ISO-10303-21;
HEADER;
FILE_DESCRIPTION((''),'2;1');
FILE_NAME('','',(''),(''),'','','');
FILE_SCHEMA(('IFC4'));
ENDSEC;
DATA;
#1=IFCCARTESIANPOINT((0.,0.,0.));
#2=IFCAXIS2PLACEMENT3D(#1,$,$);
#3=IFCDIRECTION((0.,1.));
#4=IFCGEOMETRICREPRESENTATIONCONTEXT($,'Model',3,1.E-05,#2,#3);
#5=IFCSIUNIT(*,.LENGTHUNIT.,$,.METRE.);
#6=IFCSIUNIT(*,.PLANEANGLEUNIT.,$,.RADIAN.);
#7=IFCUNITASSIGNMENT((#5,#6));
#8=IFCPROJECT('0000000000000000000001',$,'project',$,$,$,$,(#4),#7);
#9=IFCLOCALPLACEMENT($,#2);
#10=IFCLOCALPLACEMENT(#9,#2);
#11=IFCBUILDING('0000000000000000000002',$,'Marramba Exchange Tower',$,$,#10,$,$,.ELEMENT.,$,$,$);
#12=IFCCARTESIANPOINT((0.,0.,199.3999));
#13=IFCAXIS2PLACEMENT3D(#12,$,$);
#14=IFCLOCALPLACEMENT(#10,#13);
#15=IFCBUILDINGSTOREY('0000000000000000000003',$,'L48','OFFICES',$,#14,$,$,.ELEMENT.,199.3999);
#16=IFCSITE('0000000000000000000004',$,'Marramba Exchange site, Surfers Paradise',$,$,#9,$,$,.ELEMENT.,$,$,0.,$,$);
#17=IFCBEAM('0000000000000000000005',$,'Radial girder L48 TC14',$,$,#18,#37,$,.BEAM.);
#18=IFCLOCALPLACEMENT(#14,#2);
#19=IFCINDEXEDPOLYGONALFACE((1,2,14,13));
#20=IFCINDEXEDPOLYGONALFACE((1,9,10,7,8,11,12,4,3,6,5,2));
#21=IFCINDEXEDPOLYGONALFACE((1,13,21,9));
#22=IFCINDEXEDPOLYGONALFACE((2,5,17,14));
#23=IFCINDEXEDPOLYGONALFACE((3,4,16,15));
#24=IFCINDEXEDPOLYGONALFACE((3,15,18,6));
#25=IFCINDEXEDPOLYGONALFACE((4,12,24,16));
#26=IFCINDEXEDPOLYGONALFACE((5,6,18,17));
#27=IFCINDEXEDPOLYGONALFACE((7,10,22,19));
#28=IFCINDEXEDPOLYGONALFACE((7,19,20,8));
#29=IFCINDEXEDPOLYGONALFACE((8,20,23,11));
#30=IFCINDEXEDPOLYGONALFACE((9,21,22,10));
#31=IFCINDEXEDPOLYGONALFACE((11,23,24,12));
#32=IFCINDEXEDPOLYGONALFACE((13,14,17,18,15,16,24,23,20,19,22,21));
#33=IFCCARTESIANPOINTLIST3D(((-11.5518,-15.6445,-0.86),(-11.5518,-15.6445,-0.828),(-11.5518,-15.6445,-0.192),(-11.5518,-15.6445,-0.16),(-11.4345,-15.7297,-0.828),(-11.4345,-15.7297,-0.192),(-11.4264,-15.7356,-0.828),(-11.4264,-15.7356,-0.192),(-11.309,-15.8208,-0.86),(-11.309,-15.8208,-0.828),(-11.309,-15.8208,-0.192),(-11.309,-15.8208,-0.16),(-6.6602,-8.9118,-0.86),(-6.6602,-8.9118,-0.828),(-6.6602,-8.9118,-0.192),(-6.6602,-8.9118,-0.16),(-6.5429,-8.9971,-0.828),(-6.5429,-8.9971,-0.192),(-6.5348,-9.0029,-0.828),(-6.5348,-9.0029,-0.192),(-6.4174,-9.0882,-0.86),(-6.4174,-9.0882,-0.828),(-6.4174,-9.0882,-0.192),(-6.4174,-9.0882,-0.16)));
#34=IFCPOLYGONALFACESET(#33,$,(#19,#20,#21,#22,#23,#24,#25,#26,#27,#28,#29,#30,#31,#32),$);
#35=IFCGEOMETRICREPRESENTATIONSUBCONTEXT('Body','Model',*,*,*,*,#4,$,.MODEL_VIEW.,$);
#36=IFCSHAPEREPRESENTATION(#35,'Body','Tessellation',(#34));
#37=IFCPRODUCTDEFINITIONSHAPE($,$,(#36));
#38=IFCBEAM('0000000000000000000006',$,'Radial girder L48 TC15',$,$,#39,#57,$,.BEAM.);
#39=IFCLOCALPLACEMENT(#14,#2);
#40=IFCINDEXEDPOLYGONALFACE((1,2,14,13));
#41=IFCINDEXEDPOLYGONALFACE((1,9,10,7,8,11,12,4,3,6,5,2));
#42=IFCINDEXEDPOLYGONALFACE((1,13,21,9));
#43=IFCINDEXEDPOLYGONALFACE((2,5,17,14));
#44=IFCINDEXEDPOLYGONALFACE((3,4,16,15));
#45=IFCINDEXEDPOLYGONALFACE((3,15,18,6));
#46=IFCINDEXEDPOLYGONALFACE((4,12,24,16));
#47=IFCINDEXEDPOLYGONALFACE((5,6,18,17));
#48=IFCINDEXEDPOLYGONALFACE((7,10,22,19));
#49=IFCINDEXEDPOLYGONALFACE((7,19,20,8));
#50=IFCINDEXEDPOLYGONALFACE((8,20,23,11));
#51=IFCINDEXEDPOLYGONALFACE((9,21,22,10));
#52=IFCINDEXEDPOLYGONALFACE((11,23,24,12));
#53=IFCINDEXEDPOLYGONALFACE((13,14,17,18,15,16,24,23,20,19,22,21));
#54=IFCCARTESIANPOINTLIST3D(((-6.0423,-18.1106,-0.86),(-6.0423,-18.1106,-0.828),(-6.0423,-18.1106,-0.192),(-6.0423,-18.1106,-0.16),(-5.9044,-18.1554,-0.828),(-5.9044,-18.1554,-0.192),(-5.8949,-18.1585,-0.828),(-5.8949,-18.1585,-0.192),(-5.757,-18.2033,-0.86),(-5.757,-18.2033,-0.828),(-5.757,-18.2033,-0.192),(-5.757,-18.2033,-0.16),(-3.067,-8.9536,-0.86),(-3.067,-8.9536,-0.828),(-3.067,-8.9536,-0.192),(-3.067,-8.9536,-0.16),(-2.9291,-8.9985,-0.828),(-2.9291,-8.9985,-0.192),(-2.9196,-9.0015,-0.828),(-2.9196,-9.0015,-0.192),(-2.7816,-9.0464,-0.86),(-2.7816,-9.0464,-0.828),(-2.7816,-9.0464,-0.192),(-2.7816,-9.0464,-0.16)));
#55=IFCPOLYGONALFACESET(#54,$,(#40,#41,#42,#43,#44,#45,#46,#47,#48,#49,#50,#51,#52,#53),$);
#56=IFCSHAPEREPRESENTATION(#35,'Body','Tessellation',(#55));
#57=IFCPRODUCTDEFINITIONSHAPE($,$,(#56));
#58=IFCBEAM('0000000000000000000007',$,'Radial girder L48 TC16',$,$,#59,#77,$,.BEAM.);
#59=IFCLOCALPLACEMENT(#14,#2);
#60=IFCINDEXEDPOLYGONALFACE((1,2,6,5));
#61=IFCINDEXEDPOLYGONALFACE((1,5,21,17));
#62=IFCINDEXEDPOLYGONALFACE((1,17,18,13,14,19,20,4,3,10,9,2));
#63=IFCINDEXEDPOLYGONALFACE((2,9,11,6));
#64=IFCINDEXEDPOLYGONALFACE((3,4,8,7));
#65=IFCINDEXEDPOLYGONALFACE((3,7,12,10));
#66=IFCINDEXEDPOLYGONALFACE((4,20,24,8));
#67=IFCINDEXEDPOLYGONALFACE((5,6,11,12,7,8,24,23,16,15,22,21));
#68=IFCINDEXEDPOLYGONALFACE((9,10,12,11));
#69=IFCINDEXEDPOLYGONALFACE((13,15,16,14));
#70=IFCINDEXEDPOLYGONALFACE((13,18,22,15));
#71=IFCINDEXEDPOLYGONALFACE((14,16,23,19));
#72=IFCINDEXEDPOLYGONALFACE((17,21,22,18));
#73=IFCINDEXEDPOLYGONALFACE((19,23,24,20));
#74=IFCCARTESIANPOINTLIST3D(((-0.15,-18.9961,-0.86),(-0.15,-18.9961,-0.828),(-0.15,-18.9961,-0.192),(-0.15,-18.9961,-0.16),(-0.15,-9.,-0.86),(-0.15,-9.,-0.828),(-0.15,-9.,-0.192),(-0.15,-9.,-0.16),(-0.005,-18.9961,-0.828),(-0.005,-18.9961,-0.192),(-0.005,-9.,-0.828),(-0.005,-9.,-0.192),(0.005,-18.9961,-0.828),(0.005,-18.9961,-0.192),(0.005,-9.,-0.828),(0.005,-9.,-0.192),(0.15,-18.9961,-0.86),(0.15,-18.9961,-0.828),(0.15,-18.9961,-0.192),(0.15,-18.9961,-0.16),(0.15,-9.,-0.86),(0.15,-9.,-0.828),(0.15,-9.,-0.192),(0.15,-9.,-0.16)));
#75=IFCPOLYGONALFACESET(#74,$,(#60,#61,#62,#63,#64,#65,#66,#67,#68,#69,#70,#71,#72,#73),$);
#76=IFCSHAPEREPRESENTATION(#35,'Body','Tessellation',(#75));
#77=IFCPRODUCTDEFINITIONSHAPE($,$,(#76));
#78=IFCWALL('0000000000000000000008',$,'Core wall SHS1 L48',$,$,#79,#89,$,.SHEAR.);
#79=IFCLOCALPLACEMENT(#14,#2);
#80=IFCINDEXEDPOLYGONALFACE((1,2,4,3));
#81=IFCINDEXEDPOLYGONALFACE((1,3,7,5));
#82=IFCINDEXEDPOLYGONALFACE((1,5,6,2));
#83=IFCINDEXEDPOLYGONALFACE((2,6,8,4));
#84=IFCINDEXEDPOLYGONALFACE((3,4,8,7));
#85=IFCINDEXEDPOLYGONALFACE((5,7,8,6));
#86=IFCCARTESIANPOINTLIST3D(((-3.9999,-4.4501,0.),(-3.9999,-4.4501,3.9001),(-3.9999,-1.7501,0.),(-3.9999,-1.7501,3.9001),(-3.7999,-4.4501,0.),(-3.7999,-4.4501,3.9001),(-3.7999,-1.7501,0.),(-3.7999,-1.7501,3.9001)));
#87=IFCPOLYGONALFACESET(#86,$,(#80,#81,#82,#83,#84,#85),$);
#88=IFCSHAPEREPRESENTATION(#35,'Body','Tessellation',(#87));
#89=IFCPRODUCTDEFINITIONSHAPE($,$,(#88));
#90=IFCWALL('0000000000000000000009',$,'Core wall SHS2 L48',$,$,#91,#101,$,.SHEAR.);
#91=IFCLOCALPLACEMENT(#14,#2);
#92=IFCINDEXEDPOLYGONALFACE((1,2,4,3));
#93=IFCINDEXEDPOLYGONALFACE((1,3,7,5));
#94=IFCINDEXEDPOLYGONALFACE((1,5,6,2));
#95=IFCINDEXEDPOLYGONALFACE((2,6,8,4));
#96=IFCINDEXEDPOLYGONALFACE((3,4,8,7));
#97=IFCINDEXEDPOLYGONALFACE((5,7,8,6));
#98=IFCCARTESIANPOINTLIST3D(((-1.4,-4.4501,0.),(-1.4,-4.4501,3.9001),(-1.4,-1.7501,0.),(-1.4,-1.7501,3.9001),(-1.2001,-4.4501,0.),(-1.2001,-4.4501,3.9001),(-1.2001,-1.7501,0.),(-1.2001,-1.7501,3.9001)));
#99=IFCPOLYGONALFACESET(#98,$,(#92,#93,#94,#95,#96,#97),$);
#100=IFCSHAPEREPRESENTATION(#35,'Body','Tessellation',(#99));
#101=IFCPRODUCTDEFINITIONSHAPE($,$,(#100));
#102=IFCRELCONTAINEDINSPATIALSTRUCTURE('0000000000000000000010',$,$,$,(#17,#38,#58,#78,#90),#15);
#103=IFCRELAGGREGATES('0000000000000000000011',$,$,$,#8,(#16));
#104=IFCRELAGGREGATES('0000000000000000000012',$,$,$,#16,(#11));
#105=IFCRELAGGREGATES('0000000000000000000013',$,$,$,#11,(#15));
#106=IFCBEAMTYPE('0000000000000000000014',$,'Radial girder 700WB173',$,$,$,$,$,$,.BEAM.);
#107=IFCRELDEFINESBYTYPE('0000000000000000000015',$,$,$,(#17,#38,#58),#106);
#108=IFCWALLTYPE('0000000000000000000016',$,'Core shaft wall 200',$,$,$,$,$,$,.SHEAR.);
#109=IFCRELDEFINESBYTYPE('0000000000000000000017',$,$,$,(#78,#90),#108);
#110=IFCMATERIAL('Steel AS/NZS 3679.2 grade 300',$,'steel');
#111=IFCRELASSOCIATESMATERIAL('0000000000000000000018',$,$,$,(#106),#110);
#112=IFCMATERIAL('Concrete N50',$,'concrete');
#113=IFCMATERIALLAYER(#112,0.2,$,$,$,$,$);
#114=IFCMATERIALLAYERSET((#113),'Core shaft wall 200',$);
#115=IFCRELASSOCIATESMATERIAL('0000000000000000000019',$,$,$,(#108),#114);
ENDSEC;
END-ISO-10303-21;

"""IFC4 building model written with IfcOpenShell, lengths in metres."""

from ifc_helpers import new_model, si_unit, direction, frame, frame_2d, origin, origin_2d, place, context, subcontext, project, spatial, rectangle, i_section, extrude, material, layer, layer_set, material_profile, profile_set, type_object, element, save


model = new_model("IFC4")

# Units and contexts
model_context = context("Model", 3, precision=1e-05, world=origin(), true_north=direction((0.0, 1.0)))
body_context = subcontext(model_context, "Body", "Model", "MODEL_VIEW")
ifc_project = project(units=[si_unit("LENGTHUNIT", "METRE"), si_unit("PLANEANGLEUNIT", "RADIAN")], contexts=[model_context])

# Site, building, storey
site_placement = place(None, origin())
site = spatial("IfcSite", under=ifc_project, at=site_placement, Name="Marramba Exchange site, Surfers Paradise", CompositionType="ELEMENT", RefElevation=0.0)
building_placement = place(site_placement, origin())
building = spatial("IfcBuilding", under=site, at=building_placement, Name="Marramba Exchange Tower", CompositionType="ELEMENT")
storey_placement = place(building_placement, frame((0.0, 0.0, 199.3999)))
storey = spatial("IfcBuildingStorey", under=building, at=storey_placement, Name="L48", Description="OFFICES", CompositionType="ELEMENT", Elevation=199.3999)

# Beams
ifc_material_1 = material(Name="Steel AS/NZS 3679.2 grade 300", Category="steel")
ifc_material_profile = material_profile(ifc_material_1, i_section(OverallWidth=0.3, OverallDepth=0.7, WebThickness=0.01, FlangeThickness=0.032, at=origin_2d()), Name="700WB173")
ifc_profile_set = profile_set([ifc_material_profile], Name="Steel AS/NZS 3679.2 grade 300")
beam_type = type_object("IfcBeamType", Name="Radial girder 700WB173", PredefinedType="BEAM", material=ifc_profile_set)
beam_1_placement = place(storey_placement, frame((-6.5388, -9.0, -0.51), z_axis=(-0.587788, -0.809015, 0.0), x_axis=(0.809015, -0.587788, 0.0)))
element("IfcBeam", 1, at=beam_1_placement, inside=storey, type_object=beam_type, Name="Radial girder L48 TC14", PredefinedType="BEAM", context=body_context, shape_type="SweptSolid", body=[
    extrude(i_section(OverallWidth=0.3, OverallDepth=0.7, WebThickness=0.01, FlangeThickness=0.032, at=origin_2d()), origin(), (0.0, 0.0, 1.0), 8.322),
])
beam_2_placement = place(storey_placement, frame((-2.9243, -9.0, -0.51), z_axis=(-0.309022, -0.951055, 0.0), x_axis=(0.951055, -0.309022, 0.0)))
element("IfcBeam", 2, at=beam_2_placement, inside=storey, type_object=beam_type, Name="Radial girder L48 TC15", PredefinedType="BEAM", context=body_context, shape_type="SweptSolid", body=[
    extrude(i_section(OverallWidth=0.3, OverallDepth=0.7, WebThickness=0.01, FlangeThickness=0.032, at=origin_2d()), origin(), (0.0, 0.0, 1.0), 9.6282),
])
beam_3_placement = place(storey_placement, frame((0.0, -9.0, -0.51), z_axis=(0.0, -1.0, 0.0), x_axis=(1.0, 0.0, 0.0)))
element("IfcBeam", 3, at=beam_3_placement, inside=storey, type_object=beam_type, Name="Radial girder L48 TC16", PredefinedType="BEAM", context=body_context, shape_type="SweptSolid", body=[
    extrude(i_section(OverallWidth=0.3, OverallDepth=0.7, WebThickness=0.01, FlangeThickness=0.032, at=origin_2d()), origin(), (0.0, 0.0, 1.0), 9.9961),
])

# Walls
ifc_material_2 = material(Name="Concrete N50", Category="concrete")
ifc_layer_1 = layer(ifc_material_2, 0.2)
ifc_layer_set_1 = layer_set([ifc_layer_1], Name="Core shaft wall 200")
wall_type_1 = type_object("IfcWallType", Name="Core shaft wall 200", PredefinedType="SHEAR", material=ifc_layer_set_1)
for number, where, z_axis, x_axis, name in (
    (4, (-3.8999, -1.75, 0.0), (0.0, 0.0, 1.0), (0.0, -1.0, 0.0), "Core wall SHS1 L48"),
    (5, (-1.3, -1.75, 0.0), (0.0, 0.0, 1.0), (0.0, -1.0, 0.0), "Core wall SHS2 L48"),
):
    element("IfcWall", number, at=place(storey_placement, frame(where, z_axis=z_axis, x_axis=x_axis)), inside=storey, type_object=wall_type_1, Name=name, PredefinedType="SHEAR", context=body_context, shape_type="SweptSolid", body=[
        extrude(rectangle(XDim=2.7, YDim=0.2, at=frame_2d((1.3501, 0.0))), origin(), (0.0, 0.0, 1.0), 3.9001),
    ])

save(model, "model.ifc")
